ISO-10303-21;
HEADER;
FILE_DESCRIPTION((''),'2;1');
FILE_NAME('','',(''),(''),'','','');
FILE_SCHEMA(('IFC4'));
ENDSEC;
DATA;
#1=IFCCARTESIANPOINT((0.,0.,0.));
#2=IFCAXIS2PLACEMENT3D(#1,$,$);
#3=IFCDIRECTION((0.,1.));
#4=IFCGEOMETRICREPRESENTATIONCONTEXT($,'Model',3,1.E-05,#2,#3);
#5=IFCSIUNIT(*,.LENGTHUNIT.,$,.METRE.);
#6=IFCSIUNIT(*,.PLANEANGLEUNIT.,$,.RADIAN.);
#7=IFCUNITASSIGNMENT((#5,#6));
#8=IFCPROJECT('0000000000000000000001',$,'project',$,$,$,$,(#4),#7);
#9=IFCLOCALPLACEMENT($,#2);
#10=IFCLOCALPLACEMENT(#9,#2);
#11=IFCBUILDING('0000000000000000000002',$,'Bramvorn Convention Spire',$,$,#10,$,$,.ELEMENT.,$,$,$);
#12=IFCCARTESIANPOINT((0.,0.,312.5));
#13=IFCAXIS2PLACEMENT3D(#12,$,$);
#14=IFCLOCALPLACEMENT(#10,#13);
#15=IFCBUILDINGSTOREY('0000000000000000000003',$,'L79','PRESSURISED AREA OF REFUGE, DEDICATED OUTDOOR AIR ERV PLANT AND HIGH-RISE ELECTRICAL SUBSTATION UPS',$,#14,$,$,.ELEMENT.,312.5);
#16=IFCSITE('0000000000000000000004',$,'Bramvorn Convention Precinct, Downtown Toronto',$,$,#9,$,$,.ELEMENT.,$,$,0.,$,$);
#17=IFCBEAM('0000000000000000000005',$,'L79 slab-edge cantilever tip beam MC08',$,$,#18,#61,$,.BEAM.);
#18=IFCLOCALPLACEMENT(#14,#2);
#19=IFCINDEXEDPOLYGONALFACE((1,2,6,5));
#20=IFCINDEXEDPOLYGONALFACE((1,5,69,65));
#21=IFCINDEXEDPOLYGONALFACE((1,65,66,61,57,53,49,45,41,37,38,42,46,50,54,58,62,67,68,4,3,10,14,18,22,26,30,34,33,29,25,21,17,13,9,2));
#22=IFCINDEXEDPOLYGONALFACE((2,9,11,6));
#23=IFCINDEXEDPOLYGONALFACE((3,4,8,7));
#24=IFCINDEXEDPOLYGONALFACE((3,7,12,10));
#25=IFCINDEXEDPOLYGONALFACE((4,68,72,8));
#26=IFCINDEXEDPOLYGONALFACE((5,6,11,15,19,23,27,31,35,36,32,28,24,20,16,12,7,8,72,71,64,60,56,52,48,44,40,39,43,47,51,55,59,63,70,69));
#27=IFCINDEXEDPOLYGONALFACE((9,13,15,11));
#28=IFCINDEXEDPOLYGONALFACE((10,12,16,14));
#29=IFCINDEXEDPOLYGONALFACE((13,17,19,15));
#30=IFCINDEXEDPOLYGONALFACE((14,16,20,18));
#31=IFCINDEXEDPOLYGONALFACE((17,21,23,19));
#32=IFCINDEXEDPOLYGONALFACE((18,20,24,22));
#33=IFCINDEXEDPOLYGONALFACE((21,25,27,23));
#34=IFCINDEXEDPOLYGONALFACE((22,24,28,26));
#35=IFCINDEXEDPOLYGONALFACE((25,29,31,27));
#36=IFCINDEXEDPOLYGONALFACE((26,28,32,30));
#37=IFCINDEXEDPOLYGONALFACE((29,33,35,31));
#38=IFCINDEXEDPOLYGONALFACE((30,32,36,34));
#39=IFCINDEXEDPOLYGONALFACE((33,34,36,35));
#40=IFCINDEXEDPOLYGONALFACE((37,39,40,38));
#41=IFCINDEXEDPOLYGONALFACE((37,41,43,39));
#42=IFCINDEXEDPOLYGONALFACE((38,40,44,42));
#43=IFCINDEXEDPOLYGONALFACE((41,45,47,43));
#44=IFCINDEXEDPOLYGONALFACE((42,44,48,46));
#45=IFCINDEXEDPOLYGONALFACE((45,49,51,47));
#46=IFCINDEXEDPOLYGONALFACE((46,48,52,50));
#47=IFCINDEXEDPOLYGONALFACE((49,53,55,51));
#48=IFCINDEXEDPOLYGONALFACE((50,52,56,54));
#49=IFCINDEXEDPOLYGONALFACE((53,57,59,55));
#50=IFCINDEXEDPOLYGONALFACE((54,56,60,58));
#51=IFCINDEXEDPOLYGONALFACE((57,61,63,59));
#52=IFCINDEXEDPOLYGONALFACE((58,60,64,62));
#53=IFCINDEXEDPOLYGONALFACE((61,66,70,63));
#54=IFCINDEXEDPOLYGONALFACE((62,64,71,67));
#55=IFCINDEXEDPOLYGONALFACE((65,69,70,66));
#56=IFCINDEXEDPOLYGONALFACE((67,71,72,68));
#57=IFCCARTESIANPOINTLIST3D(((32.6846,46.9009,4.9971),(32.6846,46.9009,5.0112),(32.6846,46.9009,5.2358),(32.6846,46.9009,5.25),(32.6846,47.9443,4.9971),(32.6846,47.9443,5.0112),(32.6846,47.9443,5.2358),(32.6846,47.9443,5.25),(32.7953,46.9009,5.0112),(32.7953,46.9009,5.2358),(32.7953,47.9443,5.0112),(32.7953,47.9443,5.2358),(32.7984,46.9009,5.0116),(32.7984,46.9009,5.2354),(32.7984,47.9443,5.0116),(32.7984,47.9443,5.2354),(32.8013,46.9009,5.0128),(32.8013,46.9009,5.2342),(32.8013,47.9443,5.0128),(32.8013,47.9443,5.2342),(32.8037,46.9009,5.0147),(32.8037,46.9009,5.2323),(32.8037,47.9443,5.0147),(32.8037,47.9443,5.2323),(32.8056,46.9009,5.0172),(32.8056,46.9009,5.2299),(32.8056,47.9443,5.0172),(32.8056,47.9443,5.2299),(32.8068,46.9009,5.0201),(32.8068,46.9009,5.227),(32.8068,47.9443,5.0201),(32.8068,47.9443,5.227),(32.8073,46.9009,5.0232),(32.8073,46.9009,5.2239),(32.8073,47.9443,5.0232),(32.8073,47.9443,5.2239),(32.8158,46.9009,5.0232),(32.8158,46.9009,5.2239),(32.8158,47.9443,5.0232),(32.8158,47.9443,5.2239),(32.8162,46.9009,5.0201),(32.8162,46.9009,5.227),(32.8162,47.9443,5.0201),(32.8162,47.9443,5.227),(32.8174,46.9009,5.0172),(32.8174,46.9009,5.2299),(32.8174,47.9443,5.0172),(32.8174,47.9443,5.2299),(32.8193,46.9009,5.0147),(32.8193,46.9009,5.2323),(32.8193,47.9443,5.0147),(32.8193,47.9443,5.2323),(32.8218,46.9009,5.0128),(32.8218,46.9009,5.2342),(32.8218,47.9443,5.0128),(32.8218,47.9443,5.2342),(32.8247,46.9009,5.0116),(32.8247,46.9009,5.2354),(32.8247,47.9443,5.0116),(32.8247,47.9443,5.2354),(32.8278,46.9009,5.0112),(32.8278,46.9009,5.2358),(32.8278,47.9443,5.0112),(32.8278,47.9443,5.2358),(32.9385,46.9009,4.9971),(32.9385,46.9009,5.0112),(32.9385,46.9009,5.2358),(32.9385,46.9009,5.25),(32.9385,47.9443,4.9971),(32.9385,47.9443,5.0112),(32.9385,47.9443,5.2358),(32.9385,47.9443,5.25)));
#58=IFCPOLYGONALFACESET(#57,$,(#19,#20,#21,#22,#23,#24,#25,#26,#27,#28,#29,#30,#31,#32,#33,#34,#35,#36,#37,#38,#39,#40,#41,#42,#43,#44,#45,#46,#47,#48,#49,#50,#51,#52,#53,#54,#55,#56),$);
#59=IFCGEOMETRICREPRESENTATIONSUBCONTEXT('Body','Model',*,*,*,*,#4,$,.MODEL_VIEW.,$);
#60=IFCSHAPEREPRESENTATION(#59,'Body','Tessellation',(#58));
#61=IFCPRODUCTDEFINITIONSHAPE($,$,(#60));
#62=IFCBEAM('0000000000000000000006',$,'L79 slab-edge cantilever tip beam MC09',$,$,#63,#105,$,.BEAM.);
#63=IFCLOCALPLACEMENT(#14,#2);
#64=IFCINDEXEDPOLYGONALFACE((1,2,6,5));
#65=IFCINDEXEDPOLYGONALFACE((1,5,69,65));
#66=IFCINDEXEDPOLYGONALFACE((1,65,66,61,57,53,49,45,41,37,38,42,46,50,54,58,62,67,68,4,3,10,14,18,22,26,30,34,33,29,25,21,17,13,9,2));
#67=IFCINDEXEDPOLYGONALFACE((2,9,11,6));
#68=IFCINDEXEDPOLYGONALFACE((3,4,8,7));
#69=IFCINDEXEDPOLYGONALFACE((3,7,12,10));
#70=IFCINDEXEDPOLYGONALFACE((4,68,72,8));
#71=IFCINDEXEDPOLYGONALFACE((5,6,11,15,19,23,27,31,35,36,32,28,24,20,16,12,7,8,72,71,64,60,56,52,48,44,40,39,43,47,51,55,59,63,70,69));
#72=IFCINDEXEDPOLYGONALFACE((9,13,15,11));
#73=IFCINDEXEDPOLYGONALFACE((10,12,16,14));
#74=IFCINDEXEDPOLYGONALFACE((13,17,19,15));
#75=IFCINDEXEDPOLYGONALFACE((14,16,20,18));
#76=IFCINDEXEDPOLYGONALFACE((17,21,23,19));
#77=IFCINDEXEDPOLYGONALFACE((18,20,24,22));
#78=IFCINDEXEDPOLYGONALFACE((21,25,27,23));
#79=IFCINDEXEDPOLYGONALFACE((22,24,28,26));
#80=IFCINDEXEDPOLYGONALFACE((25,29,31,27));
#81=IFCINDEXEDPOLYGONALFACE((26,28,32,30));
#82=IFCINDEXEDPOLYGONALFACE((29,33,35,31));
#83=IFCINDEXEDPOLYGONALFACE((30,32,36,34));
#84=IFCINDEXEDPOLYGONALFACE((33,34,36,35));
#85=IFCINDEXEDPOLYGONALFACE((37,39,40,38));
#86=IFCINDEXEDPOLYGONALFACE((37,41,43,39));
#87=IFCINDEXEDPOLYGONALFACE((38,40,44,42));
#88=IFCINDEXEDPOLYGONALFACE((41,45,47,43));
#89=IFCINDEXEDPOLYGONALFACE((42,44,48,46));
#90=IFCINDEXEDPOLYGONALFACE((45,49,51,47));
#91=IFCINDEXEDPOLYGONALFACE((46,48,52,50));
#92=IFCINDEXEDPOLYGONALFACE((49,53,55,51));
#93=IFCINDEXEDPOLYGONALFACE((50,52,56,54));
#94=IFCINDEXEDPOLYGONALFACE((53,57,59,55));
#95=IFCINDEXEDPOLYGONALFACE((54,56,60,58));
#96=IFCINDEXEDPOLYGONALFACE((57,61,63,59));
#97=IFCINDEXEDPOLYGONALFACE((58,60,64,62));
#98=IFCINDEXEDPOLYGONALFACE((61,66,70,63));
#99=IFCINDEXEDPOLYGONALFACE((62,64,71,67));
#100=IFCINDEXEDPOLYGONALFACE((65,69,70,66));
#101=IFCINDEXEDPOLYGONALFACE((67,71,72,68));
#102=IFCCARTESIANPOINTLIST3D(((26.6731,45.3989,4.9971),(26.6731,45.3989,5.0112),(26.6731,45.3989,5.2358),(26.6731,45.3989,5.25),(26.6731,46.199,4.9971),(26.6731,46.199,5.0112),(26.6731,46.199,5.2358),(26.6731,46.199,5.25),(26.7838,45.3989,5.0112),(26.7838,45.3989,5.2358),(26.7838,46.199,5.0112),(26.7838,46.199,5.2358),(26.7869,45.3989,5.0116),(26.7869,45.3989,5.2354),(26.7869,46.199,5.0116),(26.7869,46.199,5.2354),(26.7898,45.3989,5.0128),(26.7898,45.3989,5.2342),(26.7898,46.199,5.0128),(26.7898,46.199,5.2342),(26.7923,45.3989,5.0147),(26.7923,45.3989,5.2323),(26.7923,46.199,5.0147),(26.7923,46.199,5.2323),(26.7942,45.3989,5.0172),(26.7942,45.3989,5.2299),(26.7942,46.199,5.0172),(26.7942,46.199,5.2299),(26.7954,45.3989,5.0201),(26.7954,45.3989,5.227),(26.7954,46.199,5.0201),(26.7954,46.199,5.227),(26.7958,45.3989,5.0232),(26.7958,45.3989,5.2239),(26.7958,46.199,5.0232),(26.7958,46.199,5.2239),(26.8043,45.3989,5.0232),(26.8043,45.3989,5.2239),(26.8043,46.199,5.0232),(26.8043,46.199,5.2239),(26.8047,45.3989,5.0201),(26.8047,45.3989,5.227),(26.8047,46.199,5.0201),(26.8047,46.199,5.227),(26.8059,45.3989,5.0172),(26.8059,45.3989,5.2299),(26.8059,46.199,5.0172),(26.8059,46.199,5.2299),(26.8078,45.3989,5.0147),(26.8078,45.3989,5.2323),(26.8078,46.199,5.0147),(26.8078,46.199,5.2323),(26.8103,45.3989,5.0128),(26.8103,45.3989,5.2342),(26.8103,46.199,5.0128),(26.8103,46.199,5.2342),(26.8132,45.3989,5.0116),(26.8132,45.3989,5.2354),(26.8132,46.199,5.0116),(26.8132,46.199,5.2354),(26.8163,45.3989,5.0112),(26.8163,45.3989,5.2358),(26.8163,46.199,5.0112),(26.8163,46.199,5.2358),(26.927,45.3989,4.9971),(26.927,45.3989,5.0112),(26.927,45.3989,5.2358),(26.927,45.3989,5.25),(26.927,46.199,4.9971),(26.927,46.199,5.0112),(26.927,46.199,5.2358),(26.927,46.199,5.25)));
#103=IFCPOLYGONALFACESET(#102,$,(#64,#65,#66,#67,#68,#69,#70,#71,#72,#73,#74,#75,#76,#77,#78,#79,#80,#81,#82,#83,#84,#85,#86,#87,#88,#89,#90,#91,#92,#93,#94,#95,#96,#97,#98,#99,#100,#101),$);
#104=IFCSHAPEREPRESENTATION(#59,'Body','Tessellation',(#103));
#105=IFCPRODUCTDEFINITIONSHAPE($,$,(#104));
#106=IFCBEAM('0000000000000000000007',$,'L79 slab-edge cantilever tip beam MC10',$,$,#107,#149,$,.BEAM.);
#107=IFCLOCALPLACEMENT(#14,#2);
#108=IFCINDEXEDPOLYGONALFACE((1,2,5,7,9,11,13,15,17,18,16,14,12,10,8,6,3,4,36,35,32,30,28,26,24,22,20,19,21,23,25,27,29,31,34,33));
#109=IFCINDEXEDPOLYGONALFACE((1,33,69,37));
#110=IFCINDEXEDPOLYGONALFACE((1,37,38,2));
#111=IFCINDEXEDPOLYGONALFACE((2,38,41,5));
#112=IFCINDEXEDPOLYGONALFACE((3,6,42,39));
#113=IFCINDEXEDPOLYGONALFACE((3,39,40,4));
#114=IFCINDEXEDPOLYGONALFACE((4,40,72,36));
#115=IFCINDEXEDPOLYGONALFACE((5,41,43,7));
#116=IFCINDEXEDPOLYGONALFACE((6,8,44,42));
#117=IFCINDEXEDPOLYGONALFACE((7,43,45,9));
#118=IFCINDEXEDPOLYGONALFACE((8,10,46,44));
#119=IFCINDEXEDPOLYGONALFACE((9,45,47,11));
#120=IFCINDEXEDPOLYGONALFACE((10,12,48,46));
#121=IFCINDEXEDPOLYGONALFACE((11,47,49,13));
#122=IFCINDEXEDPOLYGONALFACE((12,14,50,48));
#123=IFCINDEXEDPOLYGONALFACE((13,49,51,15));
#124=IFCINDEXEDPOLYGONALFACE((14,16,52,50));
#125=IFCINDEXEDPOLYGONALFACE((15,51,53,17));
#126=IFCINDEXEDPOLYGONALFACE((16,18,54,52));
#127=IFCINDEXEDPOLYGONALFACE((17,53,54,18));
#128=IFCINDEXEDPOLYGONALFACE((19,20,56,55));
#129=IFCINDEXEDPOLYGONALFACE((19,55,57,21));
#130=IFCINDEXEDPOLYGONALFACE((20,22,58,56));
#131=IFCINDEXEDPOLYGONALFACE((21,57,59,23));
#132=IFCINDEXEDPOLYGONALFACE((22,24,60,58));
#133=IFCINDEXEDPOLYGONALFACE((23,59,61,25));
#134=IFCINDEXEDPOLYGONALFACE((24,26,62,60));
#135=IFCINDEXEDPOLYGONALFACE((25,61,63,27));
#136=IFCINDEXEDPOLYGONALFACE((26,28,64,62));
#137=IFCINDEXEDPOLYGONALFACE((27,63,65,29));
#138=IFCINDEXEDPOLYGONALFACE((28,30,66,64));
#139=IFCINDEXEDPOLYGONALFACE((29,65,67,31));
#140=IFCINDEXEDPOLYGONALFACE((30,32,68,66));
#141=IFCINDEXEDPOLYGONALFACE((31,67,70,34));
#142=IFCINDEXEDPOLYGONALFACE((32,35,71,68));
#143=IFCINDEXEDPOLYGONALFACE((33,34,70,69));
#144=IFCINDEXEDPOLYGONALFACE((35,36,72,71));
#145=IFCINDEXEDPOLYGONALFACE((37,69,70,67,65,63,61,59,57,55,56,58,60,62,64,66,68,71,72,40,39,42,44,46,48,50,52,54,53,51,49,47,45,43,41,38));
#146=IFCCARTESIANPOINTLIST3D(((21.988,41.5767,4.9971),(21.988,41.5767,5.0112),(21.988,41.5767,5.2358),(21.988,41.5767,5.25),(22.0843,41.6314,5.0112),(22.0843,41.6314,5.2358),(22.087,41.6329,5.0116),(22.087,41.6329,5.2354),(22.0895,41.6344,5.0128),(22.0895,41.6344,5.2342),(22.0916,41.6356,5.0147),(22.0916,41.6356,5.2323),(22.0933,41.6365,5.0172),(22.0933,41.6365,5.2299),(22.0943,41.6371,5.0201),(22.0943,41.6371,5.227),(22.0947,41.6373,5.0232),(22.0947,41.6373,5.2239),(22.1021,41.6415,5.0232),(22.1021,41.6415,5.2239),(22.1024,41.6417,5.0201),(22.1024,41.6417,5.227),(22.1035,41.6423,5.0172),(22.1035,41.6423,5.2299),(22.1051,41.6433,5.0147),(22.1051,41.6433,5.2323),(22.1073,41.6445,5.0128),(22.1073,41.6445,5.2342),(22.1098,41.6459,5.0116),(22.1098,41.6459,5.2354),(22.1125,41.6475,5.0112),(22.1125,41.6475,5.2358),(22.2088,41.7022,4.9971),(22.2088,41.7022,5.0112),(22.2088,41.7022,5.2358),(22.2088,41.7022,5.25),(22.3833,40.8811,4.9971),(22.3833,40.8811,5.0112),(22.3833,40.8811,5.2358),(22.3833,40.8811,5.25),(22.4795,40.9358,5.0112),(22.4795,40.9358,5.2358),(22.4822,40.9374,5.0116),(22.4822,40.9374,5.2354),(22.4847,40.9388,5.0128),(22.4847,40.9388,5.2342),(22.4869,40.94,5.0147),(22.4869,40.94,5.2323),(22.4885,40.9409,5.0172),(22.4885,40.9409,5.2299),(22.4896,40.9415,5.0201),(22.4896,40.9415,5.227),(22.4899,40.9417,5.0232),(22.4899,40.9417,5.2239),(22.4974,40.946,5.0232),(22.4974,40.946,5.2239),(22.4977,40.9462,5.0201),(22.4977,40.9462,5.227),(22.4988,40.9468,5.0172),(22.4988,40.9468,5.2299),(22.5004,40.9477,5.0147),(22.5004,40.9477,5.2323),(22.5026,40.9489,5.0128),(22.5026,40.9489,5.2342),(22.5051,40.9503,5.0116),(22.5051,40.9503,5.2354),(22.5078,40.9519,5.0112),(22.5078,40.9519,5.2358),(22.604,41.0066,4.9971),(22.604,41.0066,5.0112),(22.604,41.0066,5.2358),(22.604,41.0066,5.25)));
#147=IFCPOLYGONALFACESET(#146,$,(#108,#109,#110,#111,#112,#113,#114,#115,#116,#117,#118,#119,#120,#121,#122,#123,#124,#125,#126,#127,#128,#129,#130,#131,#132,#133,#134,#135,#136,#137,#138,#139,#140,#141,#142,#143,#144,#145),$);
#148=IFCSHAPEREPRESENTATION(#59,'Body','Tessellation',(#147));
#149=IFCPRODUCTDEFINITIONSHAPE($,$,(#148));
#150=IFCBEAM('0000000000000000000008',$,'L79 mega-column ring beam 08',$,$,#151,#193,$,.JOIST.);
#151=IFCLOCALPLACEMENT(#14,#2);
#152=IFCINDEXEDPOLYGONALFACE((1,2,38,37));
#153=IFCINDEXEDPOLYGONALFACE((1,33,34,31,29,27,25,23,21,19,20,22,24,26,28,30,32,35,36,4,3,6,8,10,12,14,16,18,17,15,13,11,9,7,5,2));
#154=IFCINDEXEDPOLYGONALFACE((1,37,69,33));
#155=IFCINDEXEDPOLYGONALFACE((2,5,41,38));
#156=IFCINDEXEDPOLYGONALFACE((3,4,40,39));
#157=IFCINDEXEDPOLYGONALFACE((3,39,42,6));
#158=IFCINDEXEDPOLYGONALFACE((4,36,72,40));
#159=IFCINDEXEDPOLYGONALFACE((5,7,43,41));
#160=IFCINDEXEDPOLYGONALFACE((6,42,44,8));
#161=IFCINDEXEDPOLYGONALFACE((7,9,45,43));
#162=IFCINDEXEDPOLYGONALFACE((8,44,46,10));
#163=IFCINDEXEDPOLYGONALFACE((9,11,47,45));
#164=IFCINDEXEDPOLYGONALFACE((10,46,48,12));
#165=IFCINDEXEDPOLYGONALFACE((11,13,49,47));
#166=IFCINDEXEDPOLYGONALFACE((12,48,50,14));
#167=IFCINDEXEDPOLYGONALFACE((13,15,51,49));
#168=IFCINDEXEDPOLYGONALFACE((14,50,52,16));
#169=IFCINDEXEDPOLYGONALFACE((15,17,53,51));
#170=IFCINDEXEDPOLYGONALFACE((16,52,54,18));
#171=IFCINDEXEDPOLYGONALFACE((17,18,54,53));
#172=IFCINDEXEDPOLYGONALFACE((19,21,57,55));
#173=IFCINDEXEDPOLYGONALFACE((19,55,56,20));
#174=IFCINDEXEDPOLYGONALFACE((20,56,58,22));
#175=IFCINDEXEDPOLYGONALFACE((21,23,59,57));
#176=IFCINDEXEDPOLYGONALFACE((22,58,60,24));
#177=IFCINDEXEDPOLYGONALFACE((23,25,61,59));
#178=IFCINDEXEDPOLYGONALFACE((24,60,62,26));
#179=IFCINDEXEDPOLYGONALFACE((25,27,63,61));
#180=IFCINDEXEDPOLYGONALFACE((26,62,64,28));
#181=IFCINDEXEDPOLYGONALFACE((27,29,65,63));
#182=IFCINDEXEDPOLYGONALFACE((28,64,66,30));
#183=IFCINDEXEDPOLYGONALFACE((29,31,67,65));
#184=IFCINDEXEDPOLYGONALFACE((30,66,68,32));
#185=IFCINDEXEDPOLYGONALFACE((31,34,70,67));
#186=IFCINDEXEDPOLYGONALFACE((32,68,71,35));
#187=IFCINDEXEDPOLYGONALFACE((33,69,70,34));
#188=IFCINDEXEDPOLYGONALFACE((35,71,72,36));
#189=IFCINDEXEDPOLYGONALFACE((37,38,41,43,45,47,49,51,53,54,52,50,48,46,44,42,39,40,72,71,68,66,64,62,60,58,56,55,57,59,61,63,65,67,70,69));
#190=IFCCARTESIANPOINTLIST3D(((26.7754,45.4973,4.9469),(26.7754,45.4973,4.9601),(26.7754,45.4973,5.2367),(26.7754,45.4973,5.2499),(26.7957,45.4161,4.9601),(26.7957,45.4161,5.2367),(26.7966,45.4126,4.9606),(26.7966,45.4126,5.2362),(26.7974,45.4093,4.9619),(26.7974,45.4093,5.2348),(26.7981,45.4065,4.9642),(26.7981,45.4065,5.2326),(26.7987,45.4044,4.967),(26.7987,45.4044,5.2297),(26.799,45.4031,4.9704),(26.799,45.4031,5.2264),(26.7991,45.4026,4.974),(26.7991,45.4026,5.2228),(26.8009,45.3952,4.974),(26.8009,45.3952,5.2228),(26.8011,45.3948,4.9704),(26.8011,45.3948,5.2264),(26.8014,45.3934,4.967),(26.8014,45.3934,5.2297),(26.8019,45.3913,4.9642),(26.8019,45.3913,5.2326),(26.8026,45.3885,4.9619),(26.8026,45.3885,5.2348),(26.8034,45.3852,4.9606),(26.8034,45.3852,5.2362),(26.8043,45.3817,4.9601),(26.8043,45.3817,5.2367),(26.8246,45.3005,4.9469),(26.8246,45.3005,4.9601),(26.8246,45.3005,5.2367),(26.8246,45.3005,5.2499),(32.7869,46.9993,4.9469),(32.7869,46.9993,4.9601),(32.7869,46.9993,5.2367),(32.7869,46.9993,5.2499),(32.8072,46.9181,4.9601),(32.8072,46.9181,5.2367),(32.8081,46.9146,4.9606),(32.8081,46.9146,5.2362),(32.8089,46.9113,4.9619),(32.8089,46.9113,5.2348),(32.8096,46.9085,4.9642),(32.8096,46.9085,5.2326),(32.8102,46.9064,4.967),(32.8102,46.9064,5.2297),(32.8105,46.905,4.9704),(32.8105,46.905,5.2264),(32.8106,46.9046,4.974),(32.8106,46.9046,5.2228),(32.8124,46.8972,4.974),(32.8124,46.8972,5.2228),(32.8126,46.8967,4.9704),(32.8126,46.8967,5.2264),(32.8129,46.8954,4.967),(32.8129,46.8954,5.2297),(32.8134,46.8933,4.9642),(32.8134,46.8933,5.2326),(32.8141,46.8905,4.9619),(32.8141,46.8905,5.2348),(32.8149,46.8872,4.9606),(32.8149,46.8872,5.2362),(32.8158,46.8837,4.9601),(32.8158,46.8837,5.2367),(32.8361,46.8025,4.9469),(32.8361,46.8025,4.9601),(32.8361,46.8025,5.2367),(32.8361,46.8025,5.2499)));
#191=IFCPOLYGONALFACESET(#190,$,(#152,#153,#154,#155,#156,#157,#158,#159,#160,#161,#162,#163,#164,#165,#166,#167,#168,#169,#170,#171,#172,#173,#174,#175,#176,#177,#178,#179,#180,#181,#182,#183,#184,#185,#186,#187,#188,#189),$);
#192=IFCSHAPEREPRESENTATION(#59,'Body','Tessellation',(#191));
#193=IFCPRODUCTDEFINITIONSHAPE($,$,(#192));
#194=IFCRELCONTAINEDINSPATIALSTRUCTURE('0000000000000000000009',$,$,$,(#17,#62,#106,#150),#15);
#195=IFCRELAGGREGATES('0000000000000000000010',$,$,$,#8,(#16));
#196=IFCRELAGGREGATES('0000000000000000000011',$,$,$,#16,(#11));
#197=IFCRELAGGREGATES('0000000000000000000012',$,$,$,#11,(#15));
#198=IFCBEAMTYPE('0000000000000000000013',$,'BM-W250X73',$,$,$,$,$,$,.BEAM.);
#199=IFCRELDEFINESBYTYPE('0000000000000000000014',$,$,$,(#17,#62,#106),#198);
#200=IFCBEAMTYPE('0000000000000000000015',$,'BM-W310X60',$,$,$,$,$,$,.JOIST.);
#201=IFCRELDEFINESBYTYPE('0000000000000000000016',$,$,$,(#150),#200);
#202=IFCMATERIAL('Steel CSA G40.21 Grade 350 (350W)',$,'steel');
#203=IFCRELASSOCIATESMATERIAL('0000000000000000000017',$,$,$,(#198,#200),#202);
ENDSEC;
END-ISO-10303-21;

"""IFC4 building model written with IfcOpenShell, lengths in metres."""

from ifc_helpers import new_model, si_unit, direction, frame, origin, origin_2d, place, context, subcontext, project, spatial, i_section, extrude, material, material_profile, profile_set, type_object, element, save


model = new_model("IFC4")

# Units and contexts
model_context = context("Model", 3, precision=1e-05, world=origin(), true_north=direction((0.0, 1.0)))
body_context = subcontext(model_context, "Body", "Model", "MODEL_VIEW")
ifc_project = project(units=[si_unit("LENGTHUNIT", "METRE"), si_unit("PLANEANGLEUNIT", "RADIAN")], contexts=[model_context])

# Site, building, storey
site_placement = place(None, origin())
site = spatial("IfcSite", under=ifc_project, at=site_placement, Name="Bramvorn Convention Precinct, Downtown Toronto", CompositionType="ELEMENT", RefElevation=0.0)
building_placement = place(site_placement, origin())
building = spatial("IfcBuilding", under=site, at=building_placement, Name="Bramvorn Convention Spire", CompositionType="ELEMENT")
storey_placement = place(building_placement, frame((0.0, 0.0, 312.5)))
storey = spatial("IfcBuildingStorey", under=building, at=storey_placement, Name="L79", Description="PRESSURISED AREA OF REFUGE, DEDICATED OUTDOOR AIR ERV PLANT AND HIGH-RISE ELECTRICAL SUBSTATION UPS", CompositionType="ELEMENT", Elevation=312.5)

# Shared definitions
ifc_material_1 = material(Name="Steel CSA G40.21 Grade 350 (350W)", Category="steel")

# Beams
ifc_material_profile_1 = material_profile(ifc_material_1, i_section(OverallWidth=0.2539, OverallDepth=0.2529, WebThickness=0.0085, FlangeThickness=0.0142, FilletRadius=0.012, at=origin_2d()))
ifc_profile_set_1 = profile_set([ifc_material_profile_1], Name="Steel CSA G40.21 Grade 350 (350W) - W250X73")
beam_type_1 = type_object("IfcBeamType", Name="BM-W250X73", PredefinedType="BEAM", material=ifc_profile_set_1)
beam_1_placement = place(storey_placement, frame((32.8115, 46.9009, 5.1235), z_axis=(0.0, 1.0, 0.0), x_axis=(-1.0, 0.0, 0.0)))
element("IfcBeam", 1, at=beam_1_placement, inside=storey, type_object=beam_type_1, Name="L79 slab-edge cantilever tip beam MC08", PredefinedType="BEAM", context=body_context, shape_type="SweptSolid", body=[
    extrude(i_section(OverallWidth=0.2539, OverallDepth=0.2529, WebThickness=0.0085, FlangeThickness=0.0142, FilletRadius=0.012, at=origin_2d()), origin(), (0.0, 0.0, 1.0), 1.0435),
])
for number, where, z_axis, x_axis, name in (
    (2, (26.8, 45.3989, 5.1235), (0.0, 1.0, 0.0), (-1.0, 0.0, 0.0), "L79 slab-edge cantilever tip beam MC09"),
    (3, (22.4937, 40.9438, 5.1235), (-0.494067, 0.869424, 0.0), (-0.869424, -0.494067, 0.0), "L79 slab-edge cantilever tip beam MC10"),
):
    element("IfcBeam", number, at=place(storey_placement, frame(where, z_axis=z_axis, x_axis=x_axis)), inside=storey, type_object=beam_type_1, Name=name, PredefinedType="BEAM", context=body_context, shape_type="SweptSolid", body=[
        extrude(i_section(OverallWidth=0.2539, OverallDepth=0.2529, WebThickness=0.0085, FlangeThickness=0.0142, FilletRadius=0.012, at=origin_2d()), origin(), (0.0, 0.0, 1.0), 0.8),
    ])
ifc_material_profile_2 = material_profile(ifc_material_1, i_section(OverallWidth=0.2029, OverallDepth=0.303, WebThickness=0.0076, FlangeThickness=0.0132, FilletRadius=0.0139, at=origin_2d()))
ifc_profile_set_2 = profile_set([ifc_material_profile_2], Name="Steel CSA G40.21 Grade 350 (350W) - W310X60")
beam_type_2 = type_object("IfcBeamType", Name="BM-W310X60", PredefinedType="JOIST", material=ifc_profile_set_2)
for number, where, z_axis, x_axis, name in (
    (4, (32.8115, 46.9009, 5.0984), (-0.970177, -0.242397, 0.0), (0.242397, -0.970177, 0.0), "L79 mega-column ring beam 08"),
):
    element("IfcBeam", number, at=place(storey_placement, frame(where, z_axis=z_axis, x_axis=x_axis)), inside=storey, type_object=beam_type_2, Name=name, PredefinedType="JOIST", context=body_context, shape_type="SweptSolid", body=[
        extrude(i_section(OverallWidth=0.2029, OverallDepth=0.303, WebThickness=0.0076, FlangeThickness=0.0132, FilletRadius=0.0139, at=origin_2d()), origin(), (0.0, 0.0, 1.0), 6.1963),
    ])

save(model, "model.ifc")
